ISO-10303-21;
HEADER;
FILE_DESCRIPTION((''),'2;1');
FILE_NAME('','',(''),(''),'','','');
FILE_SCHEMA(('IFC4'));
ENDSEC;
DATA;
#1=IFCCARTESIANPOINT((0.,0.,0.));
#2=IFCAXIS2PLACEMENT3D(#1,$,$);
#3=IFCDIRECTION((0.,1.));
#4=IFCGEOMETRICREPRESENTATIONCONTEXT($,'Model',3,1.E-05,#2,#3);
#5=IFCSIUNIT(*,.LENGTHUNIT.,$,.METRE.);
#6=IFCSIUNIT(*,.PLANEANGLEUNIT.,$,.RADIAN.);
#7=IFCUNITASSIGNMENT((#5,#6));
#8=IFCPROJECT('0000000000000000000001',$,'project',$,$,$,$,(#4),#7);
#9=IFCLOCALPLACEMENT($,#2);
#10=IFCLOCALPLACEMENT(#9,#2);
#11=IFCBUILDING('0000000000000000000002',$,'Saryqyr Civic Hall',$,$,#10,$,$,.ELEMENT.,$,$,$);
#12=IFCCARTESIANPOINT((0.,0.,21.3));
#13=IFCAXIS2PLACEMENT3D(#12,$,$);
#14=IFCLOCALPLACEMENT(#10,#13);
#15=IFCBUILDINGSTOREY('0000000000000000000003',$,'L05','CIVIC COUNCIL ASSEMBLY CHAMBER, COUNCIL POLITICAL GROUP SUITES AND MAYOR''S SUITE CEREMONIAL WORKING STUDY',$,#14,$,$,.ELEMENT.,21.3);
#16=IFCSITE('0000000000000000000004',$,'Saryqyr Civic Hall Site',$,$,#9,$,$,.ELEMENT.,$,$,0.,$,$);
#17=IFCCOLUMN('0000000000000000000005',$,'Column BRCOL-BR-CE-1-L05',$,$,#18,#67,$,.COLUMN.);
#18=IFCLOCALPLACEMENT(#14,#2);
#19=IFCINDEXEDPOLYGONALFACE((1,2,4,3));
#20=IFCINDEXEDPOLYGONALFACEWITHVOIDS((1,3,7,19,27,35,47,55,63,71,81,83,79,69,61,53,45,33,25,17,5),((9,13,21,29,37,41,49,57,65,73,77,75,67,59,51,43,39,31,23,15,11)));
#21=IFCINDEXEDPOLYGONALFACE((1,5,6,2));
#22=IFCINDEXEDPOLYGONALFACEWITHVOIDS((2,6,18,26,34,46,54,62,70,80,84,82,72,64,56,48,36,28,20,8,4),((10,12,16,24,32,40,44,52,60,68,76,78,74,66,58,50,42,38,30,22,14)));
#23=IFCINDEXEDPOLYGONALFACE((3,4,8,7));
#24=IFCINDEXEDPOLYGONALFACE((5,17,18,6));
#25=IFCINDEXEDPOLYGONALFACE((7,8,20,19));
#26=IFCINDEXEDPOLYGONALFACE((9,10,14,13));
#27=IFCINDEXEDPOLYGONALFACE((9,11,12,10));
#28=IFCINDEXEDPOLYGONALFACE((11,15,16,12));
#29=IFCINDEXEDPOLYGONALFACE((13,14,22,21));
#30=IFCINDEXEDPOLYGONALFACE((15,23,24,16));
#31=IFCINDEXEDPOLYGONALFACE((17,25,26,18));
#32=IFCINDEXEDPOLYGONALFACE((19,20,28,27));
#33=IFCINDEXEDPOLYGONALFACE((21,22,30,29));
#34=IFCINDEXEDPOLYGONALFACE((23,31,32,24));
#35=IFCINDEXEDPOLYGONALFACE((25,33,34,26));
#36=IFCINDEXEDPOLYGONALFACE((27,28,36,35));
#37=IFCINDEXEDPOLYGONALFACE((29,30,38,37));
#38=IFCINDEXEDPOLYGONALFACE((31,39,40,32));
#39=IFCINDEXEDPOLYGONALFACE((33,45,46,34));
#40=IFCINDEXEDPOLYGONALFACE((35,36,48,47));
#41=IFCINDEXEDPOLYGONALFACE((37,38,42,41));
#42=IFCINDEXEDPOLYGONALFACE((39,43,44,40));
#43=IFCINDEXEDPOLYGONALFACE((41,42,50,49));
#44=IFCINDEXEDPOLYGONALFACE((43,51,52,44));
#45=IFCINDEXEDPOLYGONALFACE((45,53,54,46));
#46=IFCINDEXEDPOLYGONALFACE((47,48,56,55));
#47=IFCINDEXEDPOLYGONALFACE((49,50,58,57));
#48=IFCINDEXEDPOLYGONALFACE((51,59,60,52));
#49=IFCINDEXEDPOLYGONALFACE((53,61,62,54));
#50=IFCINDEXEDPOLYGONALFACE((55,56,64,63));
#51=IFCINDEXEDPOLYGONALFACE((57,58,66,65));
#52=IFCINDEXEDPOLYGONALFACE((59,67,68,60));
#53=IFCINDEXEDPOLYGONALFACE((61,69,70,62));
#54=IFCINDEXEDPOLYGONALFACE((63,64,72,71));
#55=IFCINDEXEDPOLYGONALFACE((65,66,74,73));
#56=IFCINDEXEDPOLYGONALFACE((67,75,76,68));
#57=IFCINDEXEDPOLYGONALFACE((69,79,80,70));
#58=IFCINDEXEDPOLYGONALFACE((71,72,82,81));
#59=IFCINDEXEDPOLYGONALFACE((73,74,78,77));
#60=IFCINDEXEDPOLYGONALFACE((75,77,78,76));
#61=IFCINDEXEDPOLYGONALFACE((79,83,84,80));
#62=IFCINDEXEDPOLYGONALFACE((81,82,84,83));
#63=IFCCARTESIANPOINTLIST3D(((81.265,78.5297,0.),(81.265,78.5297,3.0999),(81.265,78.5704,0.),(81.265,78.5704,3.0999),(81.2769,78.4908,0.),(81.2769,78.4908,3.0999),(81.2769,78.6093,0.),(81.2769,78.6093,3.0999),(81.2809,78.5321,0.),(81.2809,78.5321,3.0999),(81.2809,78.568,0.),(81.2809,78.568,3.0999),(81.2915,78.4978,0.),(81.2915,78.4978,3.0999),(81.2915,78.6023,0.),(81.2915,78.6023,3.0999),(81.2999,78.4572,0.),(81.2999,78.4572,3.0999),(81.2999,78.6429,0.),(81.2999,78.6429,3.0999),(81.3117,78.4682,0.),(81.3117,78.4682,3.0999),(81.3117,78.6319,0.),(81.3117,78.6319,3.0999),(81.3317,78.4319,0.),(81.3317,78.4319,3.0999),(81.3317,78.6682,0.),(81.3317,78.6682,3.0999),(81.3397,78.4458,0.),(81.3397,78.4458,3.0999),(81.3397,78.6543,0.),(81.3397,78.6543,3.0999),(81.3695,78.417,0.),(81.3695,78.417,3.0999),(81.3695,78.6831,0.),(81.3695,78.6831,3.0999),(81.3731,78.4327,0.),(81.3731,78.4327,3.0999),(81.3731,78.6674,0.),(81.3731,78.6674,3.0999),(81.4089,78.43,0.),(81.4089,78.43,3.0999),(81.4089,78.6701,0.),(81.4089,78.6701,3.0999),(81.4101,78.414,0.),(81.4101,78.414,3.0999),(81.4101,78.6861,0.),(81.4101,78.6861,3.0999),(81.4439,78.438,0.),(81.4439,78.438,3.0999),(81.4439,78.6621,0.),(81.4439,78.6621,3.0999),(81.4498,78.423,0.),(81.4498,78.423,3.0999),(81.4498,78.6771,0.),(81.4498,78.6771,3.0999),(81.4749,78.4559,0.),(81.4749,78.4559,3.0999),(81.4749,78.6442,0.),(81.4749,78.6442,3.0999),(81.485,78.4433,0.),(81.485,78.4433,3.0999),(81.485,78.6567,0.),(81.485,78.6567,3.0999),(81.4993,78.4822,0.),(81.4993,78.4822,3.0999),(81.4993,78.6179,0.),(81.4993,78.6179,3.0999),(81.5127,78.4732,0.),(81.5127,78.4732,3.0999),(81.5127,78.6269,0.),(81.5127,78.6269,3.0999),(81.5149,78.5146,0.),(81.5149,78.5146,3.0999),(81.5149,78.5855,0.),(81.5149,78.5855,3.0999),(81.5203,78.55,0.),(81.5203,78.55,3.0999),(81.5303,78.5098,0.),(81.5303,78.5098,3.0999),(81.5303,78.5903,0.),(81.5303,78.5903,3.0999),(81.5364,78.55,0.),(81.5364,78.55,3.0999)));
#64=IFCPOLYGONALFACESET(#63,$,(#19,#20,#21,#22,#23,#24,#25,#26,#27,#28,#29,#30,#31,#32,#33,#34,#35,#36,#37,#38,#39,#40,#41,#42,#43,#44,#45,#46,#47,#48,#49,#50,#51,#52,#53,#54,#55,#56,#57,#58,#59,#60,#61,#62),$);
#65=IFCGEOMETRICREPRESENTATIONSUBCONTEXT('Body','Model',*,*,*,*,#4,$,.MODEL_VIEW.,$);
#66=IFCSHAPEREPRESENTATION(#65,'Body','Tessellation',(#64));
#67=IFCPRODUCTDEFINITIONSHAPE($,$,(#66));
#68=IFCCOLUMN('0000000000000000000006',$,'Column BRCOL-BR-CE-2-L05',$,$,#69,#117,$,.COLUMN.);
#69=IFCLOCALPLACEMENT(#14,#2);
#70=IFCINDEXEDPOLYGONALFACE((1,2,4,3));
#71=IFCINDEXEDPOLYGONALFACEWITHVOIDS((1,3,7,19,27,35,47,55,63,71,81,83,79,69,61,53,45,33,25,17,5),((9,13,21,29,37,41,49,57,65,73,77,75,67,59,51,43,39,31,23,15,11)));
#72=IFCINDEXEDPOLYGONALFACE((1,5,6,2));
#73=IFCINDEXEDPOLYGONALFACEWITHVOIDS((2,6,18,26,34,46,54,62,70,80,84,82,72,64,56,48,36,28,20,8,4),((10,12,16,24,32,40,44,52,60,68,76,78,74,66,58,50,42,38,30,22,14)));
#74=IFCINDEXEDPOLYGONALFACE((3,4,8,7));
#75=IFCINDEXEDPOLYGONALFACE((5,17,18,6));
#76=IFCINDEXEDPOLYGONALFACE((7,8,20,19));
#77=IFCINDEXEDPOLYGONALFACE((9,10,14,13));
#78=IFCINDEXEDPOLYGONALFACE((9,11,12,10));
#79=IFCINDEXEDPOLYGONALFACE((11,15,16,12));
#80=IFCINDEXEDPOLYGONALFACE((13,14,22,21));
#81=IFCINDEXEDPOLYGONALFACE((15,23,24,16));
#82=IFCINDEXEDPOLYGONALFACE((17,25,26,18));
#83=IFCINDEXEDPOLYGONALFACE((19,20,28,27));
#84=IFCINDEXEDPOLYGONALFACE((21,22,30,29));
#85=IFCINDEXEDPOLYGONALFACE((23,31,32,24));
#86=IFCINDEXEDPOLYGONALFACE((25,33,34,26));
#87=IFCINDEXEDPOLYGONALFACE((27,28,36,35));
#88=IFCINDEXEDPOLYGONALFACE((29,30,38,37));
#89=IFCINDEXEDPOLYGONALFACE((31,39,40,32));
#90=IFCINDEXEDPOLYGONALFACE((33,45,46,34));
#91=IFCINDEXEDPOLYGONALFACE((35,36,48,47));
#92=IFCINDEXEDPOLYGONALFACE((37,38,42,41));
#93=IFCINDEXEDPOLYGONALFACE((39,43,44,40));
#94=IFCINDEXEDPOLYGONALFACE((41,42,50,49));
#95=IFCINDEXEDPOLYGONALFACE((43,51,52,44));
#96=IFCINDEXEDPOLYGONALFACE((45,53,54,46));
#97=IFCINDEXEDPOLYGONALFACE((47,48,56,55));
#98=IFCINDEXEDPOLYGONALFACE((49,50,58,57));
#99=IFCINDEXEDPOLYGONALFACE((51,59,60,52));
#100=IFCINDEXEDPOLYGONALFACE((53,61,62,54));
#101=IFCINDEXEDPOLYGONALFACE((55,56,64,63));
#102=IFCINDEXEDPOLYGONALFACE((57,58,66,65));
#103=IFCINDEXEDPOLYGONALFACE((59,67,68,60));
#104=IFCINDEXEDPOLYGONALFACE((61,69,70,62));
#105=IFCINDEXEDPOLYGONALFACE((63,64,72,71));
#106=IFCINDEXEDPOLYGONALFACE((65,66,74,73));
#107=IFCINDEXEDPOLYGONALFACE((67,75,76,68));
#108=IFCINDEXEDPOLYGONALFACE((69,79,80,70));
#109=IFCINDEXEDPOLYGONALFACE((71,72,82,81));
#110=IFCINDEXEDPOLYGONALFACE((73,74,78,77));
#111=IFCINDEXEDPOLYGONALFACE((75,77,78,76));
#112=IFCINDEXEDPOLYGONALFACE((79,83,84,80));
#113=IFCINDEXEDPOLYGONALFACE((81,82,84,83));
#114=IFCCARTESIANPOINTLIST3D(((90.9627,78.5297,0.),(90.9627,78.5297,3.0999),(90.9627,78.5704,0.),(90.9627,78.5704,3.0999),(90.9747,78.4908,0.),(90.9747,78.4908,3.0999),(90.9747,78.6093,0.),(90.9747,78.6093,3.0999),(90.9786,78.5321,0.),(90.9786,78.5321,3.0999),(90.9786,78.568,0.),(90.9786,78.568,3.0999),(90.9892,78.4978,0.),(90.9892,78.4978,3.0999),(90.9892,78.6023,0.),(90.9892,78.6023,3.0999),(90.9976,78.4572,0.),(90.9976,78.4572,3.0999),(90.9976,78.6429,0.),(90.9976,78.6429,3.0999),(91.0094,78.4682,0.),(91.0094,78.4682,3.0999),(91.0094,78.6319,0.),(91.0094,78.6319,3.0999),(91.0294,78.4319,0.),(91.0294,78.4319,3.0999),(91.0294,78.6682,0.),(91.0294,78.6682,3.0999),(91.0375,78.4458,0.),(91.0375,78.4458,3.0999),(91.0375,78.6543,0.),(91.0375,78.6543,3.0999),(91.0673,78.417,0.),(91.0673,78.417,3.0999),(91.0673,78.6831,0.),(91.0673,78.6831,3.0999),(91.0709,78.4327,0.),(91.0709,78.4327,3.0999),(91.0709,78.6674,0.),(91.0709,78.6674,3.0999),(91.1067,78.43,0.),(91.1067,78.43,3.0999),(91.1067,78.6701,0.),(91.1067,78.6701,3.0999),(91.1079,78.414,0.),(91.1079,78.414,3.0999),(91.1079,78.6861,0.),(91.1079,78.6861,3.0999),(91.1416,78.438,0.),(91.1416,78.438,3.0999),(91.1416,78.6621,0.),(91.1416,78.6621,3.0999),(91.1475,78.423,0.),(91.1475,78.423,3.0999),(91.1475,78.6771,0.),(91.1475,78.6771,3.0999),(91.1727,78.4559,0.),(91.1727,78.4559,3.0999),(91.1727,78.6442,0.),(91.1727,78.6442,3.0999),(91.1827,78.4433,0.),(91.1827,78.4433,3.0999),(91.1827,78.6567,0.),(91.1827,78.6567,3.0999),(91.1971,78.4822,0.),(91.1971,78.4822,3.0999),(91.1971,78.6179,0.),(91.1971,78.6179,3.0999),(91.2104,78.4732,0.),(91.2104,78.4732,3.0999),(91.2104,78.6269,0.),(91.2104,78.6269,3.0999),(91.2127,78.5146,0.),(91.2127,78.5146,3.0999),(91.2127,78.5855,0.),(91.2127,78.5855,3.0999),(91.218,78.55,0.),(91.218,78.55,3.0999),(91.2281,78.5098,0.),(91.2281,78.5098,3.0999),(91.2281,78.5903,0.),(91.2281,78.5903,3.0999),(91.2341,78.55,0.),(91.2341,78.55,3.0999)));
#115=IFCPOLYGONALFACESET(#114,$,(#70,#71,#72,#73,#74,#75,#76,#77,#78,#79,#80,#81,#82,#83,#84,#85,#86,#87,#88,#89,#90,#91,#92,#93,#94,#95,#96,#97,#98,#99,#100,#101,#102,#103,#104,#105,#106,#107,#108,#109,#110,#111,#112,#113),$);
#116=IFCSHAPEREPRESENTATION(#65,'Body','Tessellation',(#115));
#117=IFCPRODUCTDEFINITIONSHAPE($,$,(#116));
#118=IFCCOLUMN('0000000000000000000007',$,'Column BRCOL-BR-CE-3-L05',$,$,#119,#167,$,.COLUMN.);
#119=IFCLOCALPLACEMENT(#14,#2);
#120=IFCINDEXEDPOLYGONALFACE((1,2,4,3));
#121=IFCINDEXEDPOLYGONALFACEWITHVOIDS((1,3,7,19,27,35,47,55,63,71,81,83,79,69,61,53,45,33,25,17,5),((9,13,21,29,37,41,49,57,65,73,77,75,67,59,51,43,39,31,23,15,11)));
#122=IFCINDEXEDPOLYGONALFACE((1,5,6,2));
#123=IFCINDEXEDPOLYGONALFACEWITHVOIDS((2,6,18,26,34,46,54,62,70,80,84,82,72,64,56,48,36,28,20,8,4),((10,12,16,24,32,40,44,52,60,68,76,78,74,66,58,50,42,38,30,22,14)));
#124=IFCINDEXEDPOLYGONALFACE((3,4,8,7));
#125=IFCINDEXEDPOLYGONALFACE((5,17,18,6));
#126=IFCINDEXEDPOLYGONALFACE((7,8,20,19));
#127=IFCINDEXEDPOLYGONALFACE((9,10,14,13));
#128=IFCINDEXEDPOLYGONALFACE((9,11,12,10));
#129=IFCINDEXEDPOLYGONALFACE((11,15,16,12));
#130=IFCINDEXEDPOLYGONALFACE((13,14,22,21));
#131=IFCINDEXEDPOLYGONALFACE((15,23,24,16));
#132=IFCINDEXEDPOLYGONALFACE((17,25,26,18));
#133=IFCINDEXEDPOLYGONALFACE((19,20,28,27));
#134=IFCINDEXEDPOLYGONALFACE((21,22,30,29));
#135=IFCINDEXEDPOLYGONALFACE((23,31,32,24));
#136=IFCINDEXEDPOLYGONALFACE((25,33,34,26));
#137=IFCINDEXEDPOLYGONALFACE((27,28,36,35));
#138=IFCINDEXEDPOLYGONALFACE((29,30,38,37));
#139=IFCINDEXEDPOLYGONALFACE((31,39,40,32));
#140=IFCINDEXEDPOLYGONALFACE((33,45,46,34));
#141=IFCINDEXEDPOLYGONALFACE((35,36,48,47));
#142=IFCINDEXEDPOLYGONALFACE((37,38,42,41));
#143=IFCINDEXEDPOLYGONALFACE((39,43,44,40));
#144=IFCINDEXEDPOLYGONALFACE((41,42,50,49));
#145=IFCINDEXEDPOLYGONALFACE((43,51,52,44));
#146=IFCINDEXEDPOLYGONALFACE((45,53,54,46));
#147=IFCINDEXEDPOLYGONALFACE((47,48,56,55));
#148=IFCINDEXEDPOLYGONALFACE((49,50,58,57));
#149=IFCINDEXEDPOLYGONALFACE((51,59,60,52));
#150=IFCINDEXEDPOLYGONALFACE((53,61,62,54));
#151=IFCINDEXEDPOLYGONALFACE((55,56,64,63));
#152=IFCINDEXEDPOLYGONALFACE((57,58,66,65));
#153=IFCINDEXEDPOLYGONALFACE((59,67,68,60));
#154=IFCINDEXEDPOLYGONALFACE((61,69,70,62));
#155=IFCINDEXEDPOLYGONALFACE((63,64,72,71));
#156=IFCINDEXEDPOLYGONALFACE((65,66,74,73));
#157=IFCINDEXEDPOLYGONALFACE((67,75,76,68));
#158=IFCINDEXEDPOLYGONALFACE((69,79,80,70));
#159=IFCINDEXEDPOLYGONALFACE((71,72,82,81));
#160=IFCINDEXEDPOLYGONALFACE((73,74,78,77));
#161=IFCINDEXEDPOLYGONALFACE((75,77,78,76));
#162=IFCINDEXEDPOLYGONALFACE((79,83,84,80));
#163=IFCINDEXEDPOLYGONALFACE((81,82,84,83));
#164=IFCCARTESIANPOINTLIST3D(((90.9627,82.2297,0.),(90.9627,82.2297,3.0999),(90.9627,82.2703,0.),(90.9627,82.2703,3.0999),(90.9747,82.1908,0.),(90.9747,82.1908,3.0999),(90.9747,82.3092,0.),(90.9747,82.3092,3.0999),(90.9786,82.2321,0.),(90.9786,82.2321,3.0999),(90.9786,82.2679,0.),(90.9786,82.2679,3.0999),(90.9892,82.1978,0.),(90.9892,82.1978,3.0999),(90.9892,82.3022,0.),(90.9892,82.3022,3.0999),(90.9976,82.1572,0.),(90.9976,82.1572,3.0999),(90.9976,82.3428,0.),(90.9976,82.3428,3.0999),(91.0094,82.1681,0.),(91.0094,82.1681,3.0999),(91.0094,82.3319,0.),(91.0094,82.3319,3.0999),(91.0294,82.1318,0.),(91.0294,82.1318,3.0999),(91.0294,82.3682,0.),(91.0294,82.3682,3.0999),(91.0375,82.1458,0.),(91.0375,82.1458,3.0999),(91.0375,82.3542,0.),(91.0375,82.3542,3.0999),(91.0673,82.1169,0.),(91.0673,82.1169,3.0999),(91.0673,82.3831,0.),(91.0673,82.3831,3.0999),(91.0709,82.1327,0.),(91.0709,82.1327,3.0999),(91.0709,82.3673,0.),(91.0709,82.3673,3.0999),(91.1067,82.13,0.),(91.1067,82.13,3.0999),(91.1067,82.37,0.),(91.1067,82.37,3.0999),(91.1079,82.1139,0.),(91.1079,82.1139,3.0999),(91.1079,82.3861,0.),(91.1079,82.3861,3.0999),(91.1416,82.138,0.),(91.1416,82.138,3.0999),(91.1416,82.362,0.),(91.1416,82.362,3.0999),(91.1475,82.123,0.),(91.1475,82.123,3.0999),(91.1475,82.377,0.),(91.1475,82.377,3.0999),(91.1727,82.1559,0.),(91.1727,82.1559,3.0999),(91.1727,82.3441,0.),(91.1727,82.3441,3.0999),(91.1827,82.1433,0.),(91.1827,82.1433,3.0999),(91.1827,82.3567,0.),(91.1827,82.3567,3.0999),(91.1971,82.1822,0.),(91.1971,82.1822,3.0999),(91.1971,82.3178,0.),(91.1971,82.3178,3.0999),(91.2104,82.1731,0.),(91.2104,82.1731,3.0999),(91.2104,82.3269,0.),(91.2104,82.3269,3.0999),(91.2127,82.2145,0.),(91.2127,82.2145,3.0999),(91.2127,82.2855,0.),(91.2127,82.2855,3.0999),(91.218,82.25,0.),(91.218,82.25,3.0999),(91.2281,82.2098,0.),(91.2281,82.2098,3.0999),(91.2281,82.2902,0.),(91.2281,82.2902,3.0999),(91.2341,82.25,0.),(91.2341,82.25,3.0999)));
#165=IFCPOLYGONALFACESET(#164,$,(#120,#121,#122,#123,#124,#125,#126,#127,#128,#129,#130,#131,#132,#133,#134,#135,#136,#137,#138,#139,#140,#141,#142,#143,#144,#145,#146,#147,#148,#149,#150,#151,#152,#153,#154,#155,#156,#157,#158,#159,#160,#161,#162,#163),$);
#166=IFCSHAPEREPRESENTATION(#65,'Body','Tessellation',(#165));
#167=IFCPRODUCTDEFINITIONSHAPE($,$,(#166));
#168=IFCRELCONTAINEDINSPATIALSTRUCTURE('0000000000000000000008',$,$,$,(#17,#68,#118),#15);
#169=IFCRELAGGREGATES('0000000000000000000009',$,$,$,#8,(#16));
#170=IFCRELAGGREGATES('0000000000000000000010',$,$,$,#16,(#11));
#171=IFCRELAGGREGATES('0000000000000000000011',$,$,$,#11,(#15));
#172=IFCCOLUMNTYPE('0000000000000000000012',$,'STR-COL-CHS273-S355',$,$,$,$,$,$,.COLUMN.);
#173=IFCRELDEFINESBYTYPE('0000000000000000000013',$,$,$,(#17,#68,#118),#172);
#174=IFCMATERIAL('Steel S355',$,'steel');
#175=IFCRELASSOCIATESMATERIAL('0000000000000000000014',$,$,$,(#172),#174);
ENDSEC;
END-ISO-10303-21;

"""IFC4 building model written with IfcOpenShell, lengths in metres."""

from ifc_helpers import new_model, si_unit, direction, frame, origin, origin_2d, place, context, subcontext, project, spatial, hollow_circle, extrude, material, material_profile, profile_set, type_object, element, save


model = new_model("IFC4")

# Units and contexts
model_context = context("Model", 3, precision=1e-05, world=origin(), true_north=direction((0.0, 1.0)))
body_context = subcontext(model_context, "Body", "Model", "MODEL_VIEW")
ifc_project = project(units=[si_unit("LENGTHUNIT", "METRE"), si_unit("PLANEANGLEUNIT", "RADIAN")], contexts=[model_context])

# Site, building, storey
site_placement = place(None, origin())
site = spatial("IfcSite", under=ifc_project, at=site_placement, Name="Saryqyr Civic Hall Site", CompositionType="ELEMENT", RefElevation=0.0)
building_placement = place(site_placement, origin())
building = spatial("IfcBuilding", under=site, at=building_placement, Name="Saryqyr Civic Hall", CompositionType="ELEMENT")
storey_placement = place(building_placement, frame((0.0, 0.0, 21.3)))
storey = spatial("IfcBuildingStorey", under=building, at=storey_placement, Name="L05", Description="CIVIC COUNCIL ASSEMBLY CHAMBER, COUNCIL POLITICAL GROUP SUITES AND MAYOR'S SUITE CEREMONIAL WORKING STUDY", CompositionType="ELEMENT", Elevation=21.3)

# Columns
ifc_material_1 = material(Name="Steel S355", Category="steel")
ifc_material_profile_1 = material_profile(ifc_material_1, hollow_circle(Radius=0.1365, WallThickness=0.0161, at=origin_2d()), Name="CHS 273x16")
ifc_profile_set_1 = profile_set([ifc_material_profile_1], Name="Steel S355")
column_type = type_object("IfcColumnType", Name="STR-COL-CHS273-S355", PredefinedType="COLUMN", material=ifc_profile_set_1)
for number, where, z_axis, x_axis, name in (
    (1, (81.3999, 78.55, 0.0), (0.0, 0.0, 1.0), (1.0, 0.0, 0.0), "Column BRCOL-BR-CE-1-L05"),
    (2, (91.0977, 78.55, 0.0), (0.0, 0.0, 1.0), (1.0, 0.0, 0.0), "Column BRCOL-BR-CE-2-L05"),
    (3, (91.0977, 82.25, 0.0), (0.0, 0.0, 1.0), (1.0, 0.0, 0.0), "Column BRCOL-BR-CE-3-L05"),
):
    element("IfcColumn", number, at=place(storey_placement, frame(where, z_axis=z_axis, x_axis=x_axis)), inside=storey, type_object=column_type, Name=name, PredefinedType="COLUMN", context=body_context, shape_type="SweptSolid", body=[
        extrude(hollow_circle(Radius=0.1365, WallThickness=0.0161, at=origin_2d()), origin(), (0.0, 0.0, 1.0), 3.0999),
    ])

save(model, "model.ifc")
